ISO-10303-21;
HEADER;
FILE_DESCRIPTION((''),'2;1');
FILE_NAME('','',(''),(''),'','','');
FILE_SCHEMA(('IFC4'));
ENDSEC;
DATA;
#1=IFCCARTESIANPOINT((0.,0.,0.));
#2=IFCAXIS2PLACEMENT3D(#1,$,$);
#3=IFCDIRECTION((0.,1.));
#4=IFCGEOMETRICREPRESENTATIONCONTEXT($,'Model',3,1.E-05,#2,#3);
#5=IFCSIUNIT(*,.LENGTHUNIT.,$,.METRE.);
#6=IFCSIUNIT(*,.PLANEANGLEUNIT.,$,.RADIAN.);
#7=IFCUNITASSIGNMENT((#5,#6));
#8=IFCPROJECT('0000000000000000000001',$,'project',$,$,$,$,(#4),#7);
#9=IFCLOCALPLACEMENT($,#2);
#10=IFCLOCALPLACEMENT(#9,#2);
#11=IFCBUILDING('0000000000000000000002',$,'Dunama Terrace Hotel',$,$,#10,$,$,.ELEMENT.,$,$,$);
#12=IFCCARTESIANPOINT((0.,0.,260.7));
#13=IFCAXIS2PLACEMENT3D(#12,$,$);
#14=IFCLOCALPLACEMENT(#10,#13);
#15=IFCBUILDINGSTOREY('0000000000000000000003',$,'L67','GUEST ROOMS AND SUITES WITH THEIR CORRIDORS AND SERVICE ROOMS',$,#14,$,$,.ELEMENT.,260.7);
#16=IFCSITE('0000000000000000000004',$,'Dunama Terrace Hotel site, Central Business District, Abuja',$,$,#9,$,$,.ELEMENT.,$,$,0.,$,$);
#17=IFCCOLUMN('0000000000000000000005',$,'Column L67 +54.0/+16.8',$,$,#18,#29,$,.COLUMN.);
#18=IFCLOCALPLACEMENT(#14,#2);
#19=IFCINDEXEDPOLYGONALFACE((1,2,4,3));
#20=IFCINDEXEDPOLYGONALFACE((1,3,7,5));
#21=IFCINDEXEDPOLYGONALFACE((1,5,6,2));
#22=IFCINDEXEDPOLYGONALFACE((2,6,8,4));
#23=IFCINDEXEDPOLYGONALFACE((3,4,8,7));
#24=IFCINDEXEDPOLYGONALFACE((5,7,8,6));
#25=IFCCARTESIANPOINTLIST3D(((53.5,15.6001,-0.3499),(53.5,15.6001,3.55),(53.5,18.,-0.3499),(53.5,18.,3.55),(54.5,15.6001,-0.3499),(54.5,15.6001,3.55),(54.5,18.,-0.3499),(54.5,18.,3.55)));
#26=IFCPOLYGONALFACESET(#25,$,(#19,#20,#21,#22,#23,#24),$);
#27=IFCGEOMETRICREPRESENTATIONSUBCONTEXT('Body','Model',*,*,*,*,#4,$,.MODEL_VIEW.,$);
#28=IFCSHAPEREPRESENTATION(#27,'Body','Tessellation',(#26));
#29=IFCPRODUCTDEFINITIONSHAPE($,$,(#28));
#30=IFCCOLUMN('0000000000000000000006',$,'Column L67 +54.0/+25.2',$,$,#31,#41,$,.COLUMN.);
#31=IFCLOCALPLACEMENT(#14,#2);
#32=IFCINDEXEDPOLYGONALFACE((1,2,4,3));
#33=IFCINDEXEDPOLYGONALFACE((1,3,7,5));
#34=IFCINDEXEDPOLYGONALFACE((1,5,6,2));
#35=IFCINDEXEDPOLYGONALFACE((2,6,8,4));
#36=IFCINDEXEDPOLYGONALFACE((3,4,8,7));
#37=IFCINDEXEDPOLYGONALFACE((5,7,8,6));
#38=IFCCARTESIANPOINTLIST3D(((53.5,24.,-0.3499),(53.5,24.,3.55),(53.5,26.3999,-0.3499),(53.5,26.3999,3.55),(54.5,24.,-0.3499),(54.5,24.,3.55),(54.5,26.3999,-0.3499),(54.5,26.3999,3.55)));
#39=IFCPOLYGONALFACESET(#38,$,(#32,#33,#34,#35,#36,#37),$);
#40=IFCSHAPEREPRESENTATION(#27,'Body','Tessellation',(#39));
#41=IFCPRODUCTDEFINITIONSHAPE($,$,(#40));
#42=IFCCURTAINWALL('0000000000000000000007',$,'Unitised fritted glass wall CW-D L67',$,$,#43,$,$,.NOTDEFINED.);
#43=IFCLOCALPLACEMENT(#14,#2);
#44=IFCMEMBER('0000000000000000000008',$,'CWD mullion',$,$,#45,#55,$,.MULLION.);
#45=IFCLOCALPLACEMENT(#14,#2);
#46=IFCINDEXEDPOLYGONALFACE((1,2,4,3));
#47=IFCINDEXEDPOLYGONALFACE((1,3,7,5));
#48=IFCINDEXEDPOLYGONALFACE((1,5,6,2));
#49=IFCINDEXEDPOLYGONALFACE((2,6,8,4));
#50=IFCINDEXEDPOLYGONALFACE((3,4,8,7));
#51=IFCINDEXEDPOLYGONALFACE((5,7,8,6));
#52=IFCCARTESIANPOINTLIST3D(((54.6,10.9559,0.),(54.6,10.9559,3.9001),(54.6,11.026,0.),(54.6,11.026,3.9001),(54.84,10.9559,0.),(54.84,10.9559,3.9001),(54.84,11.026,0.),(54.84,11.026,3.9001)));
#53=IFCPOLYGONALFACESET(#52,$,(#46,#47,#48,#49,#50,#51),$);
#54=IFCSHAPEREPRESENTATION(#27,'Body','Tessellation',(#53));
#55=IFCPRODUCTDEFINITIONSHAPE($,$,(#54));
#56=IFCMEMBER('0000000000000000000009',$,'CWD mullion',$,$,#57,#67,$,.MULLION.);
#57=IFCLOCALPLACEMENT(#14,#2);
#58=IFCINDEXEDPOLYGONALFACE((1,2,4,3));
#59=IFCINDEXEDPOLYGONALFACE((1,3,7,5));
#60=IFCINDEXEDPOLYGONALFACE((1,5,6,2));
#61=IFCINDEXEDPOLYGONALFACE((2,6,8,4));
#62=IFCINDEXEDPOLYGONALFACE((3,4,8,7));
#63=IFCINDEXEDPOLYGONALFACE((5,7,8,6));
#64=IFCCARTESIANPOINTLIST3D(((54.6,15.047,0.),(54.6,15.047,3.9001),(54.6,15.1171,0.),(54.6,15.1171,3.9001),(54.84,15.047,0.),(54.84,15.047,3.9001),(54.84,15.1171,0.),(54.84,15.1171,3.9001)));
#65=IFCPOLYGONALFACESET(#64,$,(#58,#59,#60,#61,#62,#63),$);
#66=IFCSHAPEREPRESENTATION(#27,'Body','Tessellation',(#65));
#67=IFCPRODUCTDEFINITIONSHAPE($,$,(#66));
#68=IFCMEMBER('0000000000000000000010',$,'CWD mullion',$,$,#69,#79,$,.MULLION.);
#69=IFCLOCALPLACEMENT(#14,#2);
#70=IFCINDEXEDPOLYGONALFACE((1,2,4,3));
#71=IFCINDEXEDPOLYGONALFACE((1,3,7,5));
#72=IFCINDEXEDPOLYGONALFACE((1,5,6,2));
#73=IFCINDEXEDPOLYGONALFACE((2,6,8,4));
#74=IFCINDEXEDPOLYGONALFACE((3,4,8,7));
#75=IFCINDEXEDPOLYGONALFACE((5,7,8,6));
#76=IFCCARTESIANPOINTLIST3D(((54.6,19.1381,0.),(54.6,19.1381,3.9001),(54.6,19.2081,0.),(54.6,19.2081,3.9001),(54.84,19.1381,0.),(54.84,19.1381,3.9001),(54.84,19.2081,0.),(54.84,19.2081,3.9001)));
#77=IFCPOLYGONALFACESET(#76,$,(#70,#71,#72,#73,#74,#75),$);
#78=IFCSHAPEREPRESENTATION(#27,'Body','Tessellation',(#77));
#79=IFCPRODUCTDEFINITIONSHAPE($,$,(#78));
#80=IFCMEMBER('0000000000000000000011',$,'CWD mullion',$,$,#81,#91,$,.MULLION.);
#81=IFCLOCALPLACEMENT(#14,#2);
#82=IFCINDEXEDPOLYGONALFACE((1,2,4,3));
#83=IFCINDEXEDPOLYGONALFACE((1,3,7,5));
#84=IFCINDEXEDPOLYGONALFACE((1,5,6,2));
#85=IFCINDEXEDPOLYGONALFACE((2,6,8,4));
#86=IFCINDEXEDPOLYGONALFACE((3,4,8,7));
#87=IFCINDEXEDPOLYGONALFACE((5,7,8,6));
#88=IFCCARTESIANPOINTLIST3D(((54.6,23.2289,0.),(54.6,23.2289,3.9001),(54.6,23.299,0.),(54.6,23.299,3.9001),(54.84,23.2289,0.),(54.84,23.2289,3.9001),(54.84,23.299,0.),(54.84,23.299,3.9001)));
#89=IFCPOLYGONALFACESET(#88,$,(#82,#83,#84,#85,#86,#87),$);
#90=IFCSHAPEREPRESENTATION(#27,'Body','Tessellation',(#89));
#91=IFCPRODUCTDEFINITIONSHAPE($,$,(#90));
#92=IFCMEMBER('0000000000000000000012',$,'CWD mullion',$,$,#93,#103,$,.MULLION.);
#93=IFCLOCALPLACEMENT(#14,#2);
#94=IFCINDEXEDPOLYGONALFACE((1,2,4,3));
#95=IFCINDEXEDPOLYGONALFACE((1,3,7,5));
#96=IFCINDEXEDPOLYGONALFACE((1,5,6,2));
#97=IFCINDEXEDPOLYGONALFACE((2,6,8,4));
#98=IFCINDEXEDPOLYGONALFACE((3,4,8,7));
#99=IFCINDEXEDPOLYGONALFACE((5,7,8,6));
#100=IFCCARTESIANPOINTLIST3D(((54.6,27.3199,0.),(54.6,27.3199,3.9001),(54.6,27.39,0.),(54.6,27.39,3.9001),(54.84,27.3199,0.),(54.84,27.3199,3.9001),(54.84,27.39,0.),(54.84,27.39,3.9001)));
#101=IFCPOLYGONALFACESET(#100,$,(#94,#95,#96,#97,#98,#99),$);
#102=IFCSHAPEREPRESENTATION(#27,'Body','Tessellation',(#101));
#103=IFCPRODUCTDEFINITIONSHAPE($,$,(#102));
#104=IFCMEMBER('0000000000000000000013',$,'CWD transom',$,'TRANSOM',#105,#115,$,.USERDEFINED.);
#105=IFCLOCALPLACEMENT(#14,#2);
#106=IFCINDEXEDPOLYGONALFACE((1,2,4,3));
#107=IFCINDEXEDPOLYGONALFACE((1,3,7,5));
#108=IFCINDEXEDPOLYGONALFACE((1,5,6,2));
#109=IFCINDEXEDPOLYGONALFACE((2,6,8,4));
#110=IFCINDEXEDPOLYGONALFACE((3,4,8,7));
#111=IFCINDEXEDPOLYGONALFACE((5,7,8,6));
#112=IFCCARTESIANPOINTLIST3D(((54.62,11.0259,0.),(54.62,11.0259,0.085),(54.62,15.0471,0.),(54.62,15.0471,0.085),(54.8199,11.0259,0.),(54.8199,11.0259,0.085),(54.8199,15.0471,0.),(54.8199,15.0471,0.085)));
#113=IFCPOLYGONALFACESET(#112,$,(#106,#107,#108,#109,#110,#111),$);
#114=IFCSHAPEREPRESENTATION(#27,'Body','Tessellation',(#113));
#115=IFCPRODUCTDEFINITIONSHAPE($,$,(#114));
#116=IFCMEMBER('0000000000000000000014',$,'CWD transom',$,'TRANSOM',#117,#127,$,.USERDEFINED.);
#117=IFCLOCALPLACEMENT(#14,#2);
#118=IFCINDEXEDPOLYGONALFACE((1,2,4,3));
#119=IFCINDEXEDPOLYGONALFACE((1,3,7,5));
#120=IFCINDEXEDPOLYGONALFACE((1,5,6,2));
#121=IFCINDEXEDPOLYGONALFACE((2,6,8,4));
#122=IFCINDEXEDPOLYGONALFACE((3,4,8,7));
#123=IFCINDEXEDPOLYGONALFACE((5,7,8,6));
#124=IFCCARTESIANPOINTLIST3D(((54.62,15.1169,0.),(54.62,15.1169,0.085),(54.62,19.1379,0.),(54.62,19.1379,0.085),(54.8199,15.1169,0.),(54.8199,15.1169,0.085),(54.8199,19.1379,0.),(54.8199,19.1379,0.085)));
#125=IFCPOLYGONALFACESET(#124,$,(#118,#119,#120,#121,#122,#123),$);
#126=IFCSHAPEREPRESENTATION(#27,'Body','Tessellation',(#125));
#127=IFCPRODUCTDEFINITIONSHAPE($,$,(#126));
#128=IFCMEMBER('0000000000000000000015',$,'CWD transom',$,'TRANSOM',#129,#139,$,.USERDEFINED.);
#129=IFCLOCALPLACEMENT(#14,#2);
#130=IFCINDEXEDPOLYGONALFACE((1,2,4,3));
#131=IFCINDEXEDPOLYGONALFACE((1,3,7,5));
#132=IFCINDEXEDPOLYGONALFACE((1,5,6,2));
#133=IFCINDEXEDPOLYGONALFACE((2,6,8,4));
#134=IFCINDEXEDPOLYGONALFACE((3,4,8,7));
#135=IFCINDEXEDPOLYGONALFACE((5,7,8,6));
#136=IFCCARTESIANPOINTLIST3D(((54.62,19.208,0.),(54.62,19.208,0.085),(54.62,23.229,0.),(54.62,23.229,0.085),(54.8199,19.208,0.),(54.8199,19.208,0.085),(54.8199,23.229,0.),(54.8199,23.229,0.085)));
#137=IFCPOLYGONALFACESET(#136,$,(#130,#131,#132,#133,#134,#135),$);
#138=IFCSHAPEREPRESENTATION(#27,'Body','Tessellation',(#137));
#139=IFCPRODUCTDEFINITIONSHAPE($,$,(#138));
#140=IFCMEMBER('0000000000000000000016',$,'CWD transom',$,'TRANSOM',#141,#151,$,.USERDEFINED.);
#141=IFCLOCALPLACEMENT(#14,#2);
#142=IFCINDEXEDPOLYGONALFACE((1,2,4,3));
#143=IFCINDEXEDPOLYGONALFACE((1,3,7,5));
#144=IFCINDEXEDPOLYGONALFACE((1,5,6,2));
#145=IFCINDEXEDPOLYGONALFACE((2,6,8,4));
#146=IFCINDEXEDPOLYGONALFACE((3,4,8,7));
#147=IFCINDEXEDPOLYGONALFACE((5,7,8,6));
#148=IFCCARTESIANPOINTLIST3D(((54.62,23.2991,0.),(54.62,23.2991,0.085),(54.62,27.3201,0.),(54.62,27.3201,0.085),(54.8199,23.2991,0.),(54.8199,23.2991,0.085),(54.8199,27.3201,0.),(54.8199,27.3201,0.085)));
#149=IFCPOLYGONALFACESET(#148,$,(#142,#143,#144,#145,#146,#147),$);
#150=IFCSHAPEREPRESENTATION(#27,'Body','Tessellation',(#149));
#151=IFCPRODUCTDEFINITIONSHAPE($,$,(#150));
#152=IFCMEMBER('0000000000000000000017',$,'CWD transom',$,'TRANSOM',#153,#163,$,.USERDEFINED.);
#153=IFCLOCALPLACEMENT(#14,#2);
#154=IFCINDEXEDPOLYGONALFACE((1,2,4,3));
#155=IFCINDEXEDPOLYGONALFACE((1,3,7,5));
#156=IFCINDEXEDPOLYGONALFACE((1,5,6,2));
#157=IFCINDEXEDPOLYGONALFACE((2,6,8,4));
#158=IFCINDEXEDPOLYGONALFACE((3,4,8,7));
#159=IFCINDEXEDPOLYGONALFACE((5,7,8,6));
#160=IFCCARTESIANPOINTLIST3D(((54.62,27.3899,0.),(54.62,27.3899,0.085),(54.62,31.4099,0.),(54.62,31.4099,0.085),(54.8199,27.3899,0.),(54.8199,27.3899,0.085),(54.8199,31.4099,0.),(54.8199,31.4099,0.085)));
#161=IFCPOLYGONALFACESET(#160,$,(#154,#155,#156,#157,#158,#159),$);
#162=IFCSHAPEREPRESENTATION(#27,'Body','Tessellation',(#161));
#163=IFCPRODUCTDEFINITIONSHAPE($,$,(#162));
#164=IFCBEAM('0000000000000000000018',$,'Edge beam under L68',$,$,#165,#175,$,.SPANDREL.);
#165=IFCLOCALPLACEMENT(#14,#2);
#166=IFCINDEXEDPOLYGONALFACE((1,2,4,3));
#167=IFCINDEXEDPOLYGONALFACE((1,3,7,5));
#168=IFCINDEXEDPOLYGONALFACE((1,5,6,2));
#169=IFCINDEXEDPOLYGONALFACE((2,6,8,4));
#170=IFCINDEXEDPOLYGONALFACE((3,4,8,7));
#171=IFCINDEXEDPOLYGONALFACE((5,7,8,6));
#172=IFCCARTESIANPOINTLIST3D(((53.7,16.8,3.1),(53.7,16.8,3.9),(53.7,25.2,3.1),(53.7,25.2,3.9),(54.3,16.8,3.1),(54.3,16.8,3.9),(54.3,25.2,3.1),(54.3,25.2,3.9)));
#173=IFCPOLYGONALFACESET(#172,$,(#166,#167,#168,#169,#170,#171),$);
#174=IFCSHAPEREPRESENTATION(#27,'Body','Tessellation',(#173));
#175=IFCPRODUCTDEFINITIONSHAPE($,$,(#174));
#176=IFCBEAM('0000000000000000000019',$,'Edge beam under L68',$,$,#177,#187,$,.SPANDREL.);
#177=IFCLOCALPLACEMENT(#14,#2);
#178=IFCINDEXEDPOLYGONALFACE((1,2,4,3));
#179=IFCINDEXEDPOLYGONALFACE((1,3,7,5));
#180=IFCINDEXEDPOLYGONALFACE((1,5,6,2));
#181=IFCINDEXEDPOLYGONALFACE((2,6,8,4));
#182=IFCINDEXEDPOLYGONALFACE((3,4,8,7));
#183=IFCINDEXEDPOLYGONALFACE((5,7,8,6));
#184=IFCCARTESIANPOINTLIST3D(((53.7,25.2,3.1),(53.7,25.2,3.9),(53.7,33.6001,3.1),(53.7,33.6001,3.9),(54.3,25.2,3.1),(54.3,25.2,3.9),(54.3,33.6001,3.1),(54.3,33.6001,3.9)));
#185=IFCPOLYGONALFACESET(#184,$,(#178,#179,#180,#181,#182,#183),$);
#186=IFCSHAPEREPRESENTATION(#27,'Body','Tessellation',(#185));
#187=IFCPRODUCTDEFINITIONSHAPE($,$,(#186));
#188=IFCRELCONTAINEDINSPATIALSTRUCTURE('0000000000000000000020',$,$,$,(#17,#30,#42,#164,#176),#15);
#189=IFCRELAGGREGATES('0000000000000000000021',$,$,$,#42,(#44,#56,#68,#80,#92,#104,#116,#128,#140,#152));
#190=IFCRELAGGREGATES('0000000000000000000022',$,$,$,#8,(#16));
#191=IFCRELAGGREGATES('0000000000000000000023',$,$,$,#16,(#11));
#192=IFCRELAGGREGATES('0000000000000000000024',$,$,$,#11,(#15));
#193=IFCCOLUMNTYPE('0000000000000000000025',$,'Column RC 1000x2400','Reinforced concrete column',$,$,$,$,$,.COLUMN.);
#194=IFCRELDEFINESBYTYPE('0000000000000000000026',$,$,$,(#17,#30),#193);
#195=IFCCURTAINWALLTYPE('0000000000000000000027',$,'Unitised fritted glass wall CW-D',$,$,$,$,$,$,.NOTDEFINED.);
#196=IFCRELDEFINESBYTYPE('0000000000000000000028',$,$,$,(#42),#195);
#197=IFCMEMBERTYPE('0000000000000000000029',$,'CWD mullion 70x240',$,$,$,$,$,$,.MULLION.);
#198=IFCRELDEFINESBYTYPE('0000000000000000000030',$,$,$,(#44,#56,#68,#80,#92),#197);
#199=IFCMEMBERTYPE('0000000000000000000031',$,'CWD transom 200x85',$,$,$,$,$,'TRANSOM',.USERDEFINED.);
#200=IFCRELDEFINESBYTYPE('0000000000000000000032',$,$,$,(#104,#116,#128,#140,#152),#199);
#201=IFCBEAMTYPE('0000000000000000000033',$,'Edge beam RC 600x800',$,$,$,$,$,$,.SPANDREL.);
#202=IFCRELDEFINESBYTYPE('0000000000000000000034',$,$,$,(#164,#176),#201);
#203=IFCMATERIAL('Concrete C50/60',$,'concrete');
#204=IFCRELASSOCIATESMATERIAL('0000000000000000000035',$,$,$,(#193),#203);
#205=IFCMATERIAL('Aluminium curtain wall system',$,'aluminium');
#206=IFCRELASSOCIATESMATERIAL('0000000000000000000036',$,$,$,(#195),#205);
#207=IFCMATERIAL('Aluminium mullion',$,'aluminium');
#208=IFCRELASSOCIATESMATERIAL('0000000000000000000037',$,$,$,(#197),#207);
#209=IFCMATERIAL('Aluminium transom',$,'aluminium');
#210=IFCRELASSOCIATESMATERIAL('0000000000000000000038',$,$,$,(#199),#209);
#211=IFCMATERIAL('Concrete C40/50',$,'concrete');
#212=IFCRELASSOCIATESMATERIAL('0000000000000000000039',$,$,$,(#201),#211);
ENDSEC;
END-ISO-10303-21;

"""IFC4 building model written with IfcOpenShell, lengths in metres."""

from ifc_helpers import new_model, si_unit, direction, frame, origin, origin_2d, place, context, subcontext, project, spatial, rectangle, extrude, material, material_profile, profile_set, type_object, element, aggregate, save


model = new_model("IFC4")

# Units and contexts
model_context = context("Model", 3, precision=1e-05, world=origin(), true_north=direction((0.0, 1.0)))
body_context = subcontext(model_context, "Body", "Model", "MODEL_VIEW")
ifc_project = project(units=[si_unit("LENGTHUNIT", "METRE"), si_unit("PLANEANGLEUNIT", "RADIAN")], contexts=[model_context])

# Site, building, storey
site_placement = place(None, origin())
site = spatial("IfcSite", under=ifc_project, at=site_placement, Name="Dunama Terrace Hotel site, Central Business District, Abuja", CompositionType="ELEMENT", RefElevation=0.0)
building_placement = place(site_placement, origin())
building = spatial("IfcBuilding", under=site, at=building_placement, Name="Dunama Terrace Hotel", CompositionType="ELEMENT")
storey_placement = place(building_placement, frame((0.0, 0.0, 260.7)))
storey = spatial("IfcBuildingStorey", under=building, at=storey_placement, Name="L67", Description="GUEST ROOMS AND SUITES WITH THEIR CORRIDORS AND SERVICE ROOMS", CompositionType="ELEMENT", Elevation=260.7)

# Columns
ifc_material_1 = material(Name="Concrete C50/60", Category="concrete")
ifc_material_profile_1 = material_profile(ifc_material_1, rectangle(XDim=1.0, YDim=2.3999, at=origin_2d()), Name="RC 1000x2400")
ifc_profile_set_1 = profile_set([ifc_material_profile_1], Name="Concrete C50/60")
column_type = type_object("IfcColumnType", Name="Column RC 1000x2400", Description="Reinforced concrete column", PredefinedType="COLUMN", material=ifc_profile_set_1)
for number, where, z_axis, x_axis, name in (
    (1, (54.0, 16.8, -0.3499), (0.0, 0.0, 1.0), (1.0, 0.0, 0.0), "Column L67 +54.0/+16.8"),
    (2, (54.0, 25.2, -0.3499), (0.0, 0.0, 1.0), (1.0, 0.0, 0.0), "Column L67 +54.0/+25.2"),
):
    element("IfcColumn", number, at=place(storey_placement, frame(where, z_axis=z_axis, x_axis=x_axis)), inside=storey, type_object=column_type, Name=name, PredefinedType="COLUMN", context=body_context, shape_type="SweptSolid", body=[
        extrude(rectangle(XDim=1.0, YDim=2.3999, at=origin_2d()), origin(), (0.0, 0.0, 1.0), 3.8999),
    ])

# Curtain wall, members
ifc_material_2 = material(Name="Aluminium curtain wall system", Category="aluminium")
curtain_wall_type = type_object("IfcCurtainWallType", Name="Unitised fritted glass wall CW-D", PredefinedType="NOTDEFINED", material=ifc_material_2)
curtain_wall_placement = place(storey_placement, origin())
curtain_wall = element("IfcCurtainWall", 3, at=curtain_wall_placement, inside=storey, type_object=curtain_wall_type, Name="Unitised fritted glass wall CW-D L67", PredefinedType="NOTDEFINED")
ifc_material_3 = material(Name="Aluminium mullion", Category="aluminium")
ifc_material_profile_2 = material_profile(ifc_material_3, rectangle(XDim=0.0701, YDim=0.24, at=origin_2d()), Name="CWD MULLION 70X240")
ifc_profile_set_2 = profile_set([ifc_material_profile_2], Name="Aluminium mullion")
member_type_1 = type_object("IfcMemberType", Name="CWD mullion 70x240", PredefinedType="MULLION", material=ifc_profile_set_2)
member_1_placement = place(storey_placement, frame((54.72, 10.991, 0.0), z_axis=(0.0, 0.0, 1.0), x_axis=(0.0, 1.0, 0.0)))
member_1 = element("IfcMember", 4, at=member_1_placement, type_object=member_type_1, Name="CWD mullion", PredefinedType="MULLION", context=body_context, shape_type="SweptSolid", body=[
    extrude(rectangle(XDim=0.0701, YDim=0.24, at=origin_2d()), origin(), (0.0, 0.0, 1.0), 3.9001),
])
member_2_placement = place(storey_placement, frame((54.72, 15.082, 0.0), z_axis=(0.0, 0.0, 1.0), x_axis=(0.0, 1.0, 0.0)))
member_2 = element("IfcMember", 5, at=member_2_placement, type_object=member_type_1, Name="CWD mullion", PredefinedType="MULLION", context=body_context, shape_type="SweptSolid", body=[
    extrude(rectangle(XDim=0.0701, YDim=0.24, at=origin_2d()), origin(), (0.0, 0.0, 1.0), 3.9001),
])
member_3_placement = place(storey_placement, frame((54.72, 19.1731, 0.0), z_axis=(0.0, 0.0, 1.0), x_axis=(0.0, 1.0, 0.0)))
member_3 = element("IfcMember", 6, at=member_3_placement, type_object=member_type_1, Name="CWD mullion", PredefinedType="MULLION", context=body_context, shape_type="SweptSolid", body=[
    extrude(rectangle(XDim=0.0701, YDim=0.24, at=origin_2d()), origin(), (0.0, 0.0, 1.0), 3.9001),
])
member_4_placement = place(storey_placement, frame((54.72, 23.2639, 0.0), z_axis=(0.0, 0.0, 1.0), x_axis=(0.0, 1.0, 0.0)))
member_4 = element("IfcMember", 7, at=member_4_placement, type_object=member_type_1, Name="CWD mullion", PredefinedType="MULLION", context=body_context, shape_type="SweptSolid", body=[
    extrude(rectangle(XDim=0.0701, YDim=0.24, at=origin_2d()), origin(), (0.0, 0.0, 1.0), 3.9001),
])
member_5_placement = place(storey_placement, frame((54.72, 27.355, 0.0), z_axis=(0.0, 0.0, 1.0), x_axis=(0.0, 1.0, 0.0)))
member_5 = element("IfcMember", 8, at=member_5_placement, type_object=member_type_1, Name="CWD mullion", PredefinedType="MULLION", context=body_context, shape_type="SweptSolid", body=[
    extrude(rectangle(XDim=0.0701, YDim=0.24, at=origin_2d()), origin(), (0.0, 0.0, 1.0), 3.9001),
])
ifc_material_4 = material(Name="Aluminium transom", Category="aluminium")
ifc_material_profile_3 = material_profile(ifc_material_4, rectangle(XDim=0.2, YDim=0.085, at=origin_2d()), Name="CWD TRANSOM 200X85")
ifc_profile_set_3 = profile_set([ifc_material_profile_3], Name="Aluminium transom")
member_type_2 = type_object("IfcMemberType", Name="CWD transom 200x85", ElementType="TRANSOM", PredefinedType="USERDEFINED", material=ifc_profile_set_3)
member_6_placement = place(storey_placement, frame((54.72, 11.0259, 0.0425), z_axis=(0.0, 1.0, 0.0), x_axis=(-1.0, 0.0, 0.0)))
member_6 = element("IfcMember", 9, at=member_6_placement, type_object=member_type_2, Name="CWD transom", ObjectType="TRANSOM", PredefinedType="USERDEFINED", context=body_context, shape_type="SweptSolid", body=[
    extrude(rectangle(XDim=0.2, YDim=0.085, at=origin_2d()), origin(), (0.0, 0.0, 1.0), 4.0212),
])
member_7_placement = place(storey_placement, frame((54.72, 15.1169, 0.0425), z_axis=(0.0, 1.0, 0.0), x_axis=(-1.0, 0.0, 0.0)))
member_7 = element("IfcMember", 10, at=member_7_placement, type_object=member_type_2, Name="CWD transom", ObjectType="TRANSOM", PredefinedType="USERDEFINED", context=body_context, shape_type="SweptSolid", body=[
    extrude(rectangle(XDim=0.2, YDim=0.085, at=origin_2d()), origin(), (0.0, 0.0, 1.0), 4.021),
])
member_8_placement = place(storey_placement, frame((54.72, 19.208, 0.0425), z_axis=(0.0, 1.0, 0.0), x_axis=(-1.0, 0.0, 0.0)))
member_8 = element("IfcMember", 11, at=member_8_placement, type_object=member_type_2, Name="CWD transom", ObjectType="TRANSOM", PredefinedType="USERDEFINED", context=body_context, shape_type="SweptSolid", body=[
    extrude(rectangle(XDim=0.2, YDim=0.085, at=origin_2d()), origin(), (0.0, 0.0, 1.0), 4.021),
])
member_9_placement = place(storey_placement, frame((54.72, 23.2991, 0.0425), z_axis=(0.0, 1.0, 0.0), x_axis=(-1.0, 0.0, 0.0)))
member_9 = element("IfcMember", 12, at=member_9_placement, type_object=member_type_2, Name="CWD transom", ObjectType="TRANSOM", PredefinedType="USERDEFINED", context=body_context, shape_type="SweptSolid", body=[
    extrude(rectangle(XDim=0.2, YDim=0.085, at=origin_2d()), origin(), (0.0, 0.0, 1.0), 4.021),
])
member_10_placement = place(storey_placement, frame((54.72, 27.3899, 0.0425), z_axis=(0.0, 1.0, 0.0), x_axis=(-1.0, 0.0, 0.0)))
member_10 = element("IfcMember", 13, at=member_10_placement, type_object=member_type_2, Name="CWD transom", ObjectType="TRANSOM", PredefinedType="USERDEFINED", context=body_context, shape_type="SweptSolid", body=[
    extrude(rectangle(XDim=0.2, YDim=0.085, at=origin_2d()), origin(), (0.0, 0.0, 1.0), 4.02),
])

# Beams
ifc_material_5 = material(Name="Concrete C40/50", Category="concrete")
ifc_material_profile_4 = material_profile(ifc_material_5, rectangle(XDim=0.6001, YDim=0.8, at=origin_2d()), Name="RC 600x800")
ifc_profile_set_4 = profile_set([ifc_material_profile_4], Name="Concrete C40/50")
beam_type = type_object("IfcBeamType", Name="Edge beam RC 600x800", PredefinedType="SPANDREL", material=ifc_profile_set_4)
beam_1_placement = place(storey_placement, frame((54.0, 16.8, 3.5), z_axis=(0.0, 1.0, 0.0), x_axis=(-1.0, 0.0, 0.0)))
element("IfcBeam", 14, at=beam_1_placement, inside=storey, type_object=beam_type, Name="Edge beam under L68", PredefinedType="SPANDREL", context=body_context, shape_type="SweptSolid", body=[
    extrude(rectangle(XDim=0.6001, YDim=0.8, at=origin_2d()), origin(), (0.0, 0.0, 1.0), 8.3999),
])
beam_2_placement = place(storey_placement, frame((54.0, 25.2, 3.5), z_axis=(0.0, 1.0, 0.0), x_axis=(-1.0, 0.0, 0.0)))
element("IfcBeam", 15, at=beam_2_placement, inside=storey, type_object=beam_type, Name="Edge beam under L68", PredefinedType="SPANDREL", context=body_context, shape_type="SweptSolid", body=[
    extrude(rectangle(XDim=0.6001, YDim=0.8, at=origin_2d()), origin(), (0.0, 0.0, 1.0), 8.4001),
])

aggregate(curtain_wall, [member_1, member_2, member_3, member_4, member_5, member_6, member_7, member_8, member_9, member_10])

save(model, "model.ifc")
